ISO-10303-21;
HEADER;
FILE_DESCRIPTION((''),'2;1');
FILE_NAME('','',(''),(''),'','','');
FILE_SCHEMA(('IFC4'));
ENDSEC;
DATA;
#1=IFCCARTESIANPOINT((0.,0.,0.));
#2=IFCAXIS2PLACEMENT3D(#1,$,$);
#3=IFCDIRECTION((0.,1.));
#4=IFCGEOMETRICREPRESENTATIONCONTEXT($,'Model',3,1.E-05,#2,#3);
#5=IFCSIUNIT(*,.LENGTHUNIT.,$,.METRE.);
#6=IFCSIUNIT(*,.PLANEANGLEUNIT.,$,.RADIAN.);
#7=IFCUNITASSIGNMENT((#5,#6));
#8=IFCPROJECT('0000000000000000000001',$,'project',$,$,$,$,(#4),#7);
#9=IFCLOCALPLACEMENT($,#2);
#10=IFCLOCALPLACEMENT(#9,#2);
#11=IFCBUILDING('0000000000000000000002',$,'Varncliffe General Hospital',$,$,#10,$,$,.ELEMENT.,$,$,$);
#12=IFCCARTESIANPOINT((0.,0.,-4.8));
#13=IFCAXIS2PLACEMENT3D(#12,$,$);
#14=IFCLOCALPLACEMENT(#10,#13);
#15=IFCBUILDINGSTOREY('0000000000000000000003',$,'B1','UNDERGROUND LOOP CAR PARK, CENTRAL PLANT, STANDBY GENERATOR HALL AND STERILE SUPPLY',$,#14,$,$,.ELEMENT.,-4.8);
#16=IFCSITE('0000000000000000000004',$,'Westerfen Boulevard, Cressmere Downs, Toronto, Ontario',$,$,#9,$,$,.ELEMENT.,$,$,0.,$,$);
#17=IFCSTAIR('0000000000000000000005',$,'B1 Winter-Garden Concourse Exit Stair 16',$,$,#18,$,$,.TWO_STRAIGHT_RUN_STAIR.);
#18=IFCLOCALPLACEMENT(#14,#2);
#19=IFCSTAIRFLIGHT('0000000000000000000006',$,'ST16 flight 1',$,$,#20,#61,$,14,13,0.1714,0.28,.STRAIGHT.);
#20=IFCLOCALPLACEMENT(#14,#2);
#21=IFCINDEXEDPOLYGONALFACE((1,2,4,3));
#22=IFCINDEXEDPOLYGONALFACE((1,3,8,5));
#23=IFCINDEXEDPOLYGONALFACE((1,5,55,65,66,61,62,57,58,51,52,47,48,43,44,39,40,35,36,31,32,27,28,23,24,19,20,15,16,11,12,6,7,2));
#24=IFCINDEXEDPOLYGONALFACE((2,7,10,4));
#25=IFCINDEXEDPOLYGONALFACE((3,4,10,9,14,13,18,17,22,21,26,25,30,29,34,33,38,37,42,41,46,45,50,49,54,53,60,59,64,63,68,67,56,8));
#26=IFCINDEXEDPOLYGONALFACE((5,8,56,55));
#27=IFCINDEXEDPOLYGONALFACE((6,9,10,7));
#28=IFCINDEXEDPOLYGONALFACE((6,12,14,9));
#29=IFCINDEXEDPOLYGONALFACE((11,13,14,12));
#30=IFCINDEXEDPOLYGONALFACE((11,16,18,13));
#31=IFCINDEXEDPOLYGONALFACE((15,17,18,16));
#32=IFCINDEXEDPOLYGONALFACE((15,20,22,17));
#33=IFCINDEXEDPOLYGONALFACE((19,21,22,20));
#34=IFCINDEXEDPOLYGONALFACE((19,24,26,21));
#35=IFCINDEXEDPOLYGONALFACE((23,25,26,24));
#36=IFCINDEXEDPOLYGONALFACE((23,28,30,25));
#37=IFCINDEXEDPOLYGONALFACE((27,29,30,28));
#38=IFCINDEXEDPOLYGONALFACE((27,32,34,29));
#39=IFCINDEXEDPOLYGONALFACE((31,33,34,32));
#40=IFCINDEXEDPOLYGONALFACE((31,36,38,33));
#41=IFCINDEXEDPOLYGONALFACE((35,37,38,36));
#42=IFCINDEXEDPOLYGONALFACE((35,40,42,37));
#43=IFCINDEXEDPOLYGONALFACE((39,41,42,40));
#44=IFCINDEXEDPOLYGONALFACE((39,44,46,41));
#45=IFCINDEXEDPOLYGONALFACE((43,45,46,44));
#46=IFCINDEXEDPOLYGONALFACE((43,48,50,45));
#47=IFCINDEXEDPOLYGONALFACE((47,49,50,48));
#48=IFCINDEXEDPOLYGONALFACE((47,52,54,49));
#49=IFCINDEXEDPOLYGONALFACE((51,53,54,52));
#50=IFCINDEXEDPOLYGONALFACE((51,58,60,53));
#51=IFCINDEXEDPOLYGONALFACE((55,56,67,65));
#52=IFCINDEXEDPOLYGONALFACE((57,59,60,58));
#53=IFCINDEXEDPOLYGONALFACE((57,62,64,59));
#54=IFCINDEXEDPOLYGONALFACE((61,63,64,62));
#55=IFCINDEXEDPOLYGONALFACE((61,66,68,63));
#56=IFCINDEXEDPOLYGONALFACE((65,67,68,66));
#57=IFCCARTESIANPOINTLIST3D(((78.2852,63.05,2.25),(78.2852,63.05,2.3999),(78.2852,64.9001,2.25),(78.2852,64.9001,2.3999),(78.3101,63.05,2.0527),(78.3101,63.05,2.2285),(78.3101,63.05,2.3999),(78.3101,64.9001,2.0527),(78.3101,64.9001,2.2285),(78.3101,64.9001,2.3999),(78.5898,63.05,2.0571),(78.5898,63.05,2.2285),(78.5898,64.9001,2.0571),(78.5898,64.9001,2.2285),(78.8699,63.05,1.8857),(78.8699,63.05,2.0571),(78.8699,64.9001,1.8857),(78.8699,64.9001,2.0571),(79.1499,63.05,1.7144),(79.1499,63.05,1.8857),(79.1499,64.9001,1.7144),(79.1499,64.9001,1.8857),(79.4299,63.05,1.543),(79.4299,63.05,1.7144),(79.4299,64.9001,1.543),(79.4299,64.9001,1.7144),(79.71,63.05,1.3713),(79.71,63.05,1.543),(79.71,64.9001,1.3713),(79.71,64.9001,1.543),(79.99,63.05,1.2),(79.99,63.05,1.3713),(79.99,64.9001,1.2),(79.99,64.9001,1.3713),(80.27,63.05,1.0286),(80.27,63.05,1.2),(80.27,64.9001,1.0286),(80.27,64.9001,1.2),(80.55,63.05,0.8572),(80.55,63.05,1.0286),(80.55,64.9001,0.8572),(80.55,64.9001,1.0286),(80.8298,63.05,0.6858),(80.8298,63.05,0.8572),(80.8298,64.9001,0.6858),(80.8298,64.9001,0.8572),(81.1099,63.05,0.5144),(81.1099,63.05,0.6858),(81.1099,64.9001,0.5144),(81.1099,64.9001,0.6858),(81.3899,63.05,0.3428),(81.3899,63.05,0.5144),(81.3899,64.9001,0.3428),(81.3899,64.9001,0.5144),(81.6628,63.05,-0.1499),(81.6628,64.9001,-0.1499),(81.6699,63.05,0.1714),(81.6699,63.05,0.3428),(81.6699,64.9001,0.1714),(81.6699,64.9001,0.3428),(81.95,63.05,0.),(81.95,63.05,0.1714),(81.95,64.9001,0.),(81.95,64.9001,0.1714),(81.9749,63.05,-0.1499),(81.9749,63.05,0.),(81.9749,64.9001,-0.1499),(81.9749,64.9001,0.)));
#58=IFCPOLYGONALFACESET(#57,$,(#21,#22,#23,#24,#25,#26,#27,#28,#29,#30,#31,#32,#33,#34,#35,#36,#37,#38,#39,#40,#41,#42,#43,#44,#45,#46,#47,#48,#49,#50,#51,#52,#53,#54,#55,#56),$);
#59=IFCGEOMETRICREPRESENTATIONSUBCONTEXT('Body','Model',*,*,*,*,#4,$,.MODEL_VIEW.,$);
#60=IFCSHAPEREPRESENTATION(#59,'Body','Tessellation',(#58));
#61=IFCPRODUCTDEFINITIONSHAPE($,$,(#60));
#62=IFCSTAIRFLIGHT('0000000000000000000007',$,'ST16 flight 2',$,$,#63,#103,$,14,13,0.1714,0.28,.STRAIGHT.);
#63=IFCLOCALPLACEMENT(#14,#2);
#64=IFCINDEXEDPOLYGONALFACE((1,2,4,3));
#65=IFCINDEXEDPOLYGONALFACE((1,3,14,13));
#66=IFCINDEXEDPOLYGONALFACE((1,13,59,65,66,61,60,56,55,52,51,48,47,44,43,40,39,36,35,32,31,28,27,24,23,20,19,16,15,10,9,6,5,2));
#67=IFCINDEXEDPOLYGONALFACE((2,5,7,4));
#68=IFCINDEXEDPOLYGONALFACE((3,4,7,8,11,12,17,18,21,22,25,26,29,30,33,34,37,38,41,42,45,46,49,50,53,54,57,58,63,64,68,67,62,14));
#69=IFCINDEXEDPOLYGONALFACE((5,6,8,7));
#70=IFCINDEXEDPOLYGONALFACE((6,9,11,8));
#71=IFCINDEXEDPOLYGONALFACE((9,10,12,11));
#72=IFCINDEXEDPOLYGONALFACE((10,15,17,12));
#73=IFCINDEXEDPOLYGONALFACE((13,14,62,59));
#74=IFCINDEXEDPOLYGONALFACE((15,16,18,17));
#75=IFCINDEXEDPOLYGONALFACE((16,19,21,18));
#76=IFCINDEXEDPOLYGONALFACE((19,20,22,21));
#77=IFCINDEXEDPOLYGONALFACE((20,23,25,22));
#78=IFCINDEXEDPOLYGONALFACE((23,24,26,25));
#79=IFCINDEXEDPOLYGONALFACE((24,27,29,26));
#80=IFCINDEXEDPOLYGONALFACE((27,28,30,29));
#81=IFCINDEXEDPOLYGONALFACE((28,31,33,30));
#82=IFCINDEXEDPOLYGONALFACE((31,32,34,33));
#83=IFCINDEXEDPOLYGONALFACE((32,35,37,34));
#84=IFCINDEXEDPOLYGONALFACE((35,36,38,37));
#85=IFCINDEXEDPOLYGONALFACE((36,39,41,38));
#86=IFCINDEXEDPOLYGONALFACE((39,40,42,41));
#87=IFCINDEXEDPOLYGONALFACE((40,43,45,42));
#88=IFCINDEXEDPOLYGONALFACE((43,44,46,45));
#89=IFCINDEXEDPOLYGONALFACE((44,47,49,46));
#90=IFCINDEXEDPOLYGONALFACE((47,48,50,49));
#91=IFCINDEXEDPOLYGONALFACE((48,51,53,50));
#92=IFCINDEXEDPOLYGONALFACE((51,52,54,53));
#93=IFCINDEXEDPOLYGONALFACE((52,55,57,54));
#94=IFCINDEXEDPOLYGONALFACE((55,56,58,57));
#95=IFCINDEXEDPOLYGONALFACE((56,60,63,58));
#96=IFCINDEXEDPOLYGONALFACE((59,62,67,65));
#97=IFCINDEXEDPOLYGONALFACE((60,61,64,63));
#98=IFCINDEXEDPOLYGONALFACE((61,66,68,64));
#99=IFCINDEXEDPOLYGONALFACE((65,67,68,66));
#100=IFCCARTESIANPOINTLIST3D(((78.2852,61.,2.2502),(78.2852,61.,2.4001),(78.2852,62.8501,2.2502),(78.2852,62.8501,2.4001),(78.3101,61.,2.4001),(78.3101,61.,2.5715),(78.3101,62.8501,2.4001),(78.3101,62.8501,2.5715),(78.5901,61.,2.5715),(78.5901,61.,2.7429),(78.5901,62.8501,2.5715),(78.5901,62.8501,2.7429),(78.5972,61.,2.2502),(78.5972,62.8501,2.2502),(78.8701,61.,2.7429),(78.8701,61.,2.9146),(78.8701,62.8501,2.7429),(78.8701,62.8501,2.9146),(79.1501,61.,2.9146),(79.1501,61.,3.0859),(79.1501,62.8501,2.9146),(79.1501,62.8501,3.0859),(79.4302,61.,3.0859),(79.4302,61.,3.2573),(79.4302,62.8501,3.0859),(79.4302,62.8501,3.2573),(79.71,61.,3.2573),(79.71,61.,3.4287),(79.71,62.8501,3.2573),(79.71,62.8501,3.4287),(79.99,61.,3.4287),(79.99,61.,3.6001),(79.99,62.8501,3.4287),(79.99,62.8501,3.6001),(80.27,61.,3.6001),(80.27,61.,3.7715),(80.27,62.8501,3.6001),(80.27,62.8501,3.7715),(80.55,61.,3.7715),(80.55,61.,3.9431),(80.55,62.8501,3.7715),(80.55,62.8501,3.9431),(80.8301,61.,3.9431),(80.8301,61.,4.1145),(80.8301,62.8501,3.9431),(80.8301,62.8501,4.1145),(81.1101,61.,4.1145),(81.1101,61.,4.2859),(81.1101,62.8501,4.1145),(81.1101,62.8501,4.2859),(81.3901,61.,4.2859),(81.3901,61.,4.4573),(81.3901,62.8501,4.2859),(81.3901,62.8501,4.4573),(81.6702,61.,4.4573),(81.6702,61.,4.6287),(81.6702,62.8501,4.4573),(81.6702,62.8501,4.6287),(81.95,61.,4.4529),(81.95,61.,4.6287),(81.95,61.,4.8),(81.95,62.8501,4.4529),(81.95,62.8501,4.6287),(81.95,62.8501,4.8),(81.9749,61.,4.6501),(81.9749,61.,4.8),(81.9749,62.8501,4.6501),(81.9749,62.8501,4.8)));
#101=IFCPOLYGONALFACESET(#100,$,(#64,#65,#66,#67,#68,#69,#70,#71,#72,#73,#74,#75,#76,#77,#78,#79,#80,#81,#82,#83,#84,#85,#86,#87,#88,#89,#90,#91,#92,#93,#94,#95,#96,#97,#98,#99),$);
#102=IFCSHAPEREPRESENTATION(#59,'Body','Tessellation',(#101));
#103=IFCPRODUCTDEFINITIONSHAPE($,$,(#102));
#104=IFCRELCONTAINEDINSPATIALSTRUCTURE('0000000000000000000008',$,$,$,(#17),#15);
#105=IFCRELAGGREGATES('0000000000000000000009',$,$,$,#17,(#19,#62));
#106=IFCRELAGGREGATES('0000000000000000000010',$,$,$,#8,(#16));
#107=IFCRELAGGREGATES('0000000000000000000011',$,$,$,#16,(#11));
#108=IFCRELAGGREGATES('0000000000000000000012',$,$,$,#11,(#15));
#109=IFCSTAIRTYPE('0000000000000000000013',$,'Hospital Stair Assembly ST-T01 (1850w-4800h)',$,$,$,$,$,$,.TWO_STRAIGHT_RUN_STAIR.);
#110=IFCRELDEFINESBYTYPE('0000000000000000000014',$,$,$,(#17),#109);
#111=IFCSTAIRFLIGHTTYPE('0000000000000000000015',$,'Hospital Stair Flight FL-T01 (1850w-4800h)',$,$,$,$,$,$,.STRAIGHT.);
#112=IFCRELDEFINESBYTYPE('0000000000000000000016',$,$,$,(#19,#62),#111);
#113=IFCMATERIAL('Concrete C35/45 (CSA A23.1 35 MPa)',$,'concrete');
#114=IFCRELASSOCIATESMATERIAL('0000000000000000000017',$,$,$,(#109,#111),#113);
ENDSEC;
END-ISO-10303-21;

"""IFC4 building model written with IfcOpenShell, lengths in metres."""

from ifc_helpers import new_model, si_unit, direction, frame, origin, place, context, subcontext, project, spatial, polyline, outline, extrude, material, type_object, element, aggregate, save


model = new_model("IFC4")

# Units and contexts
model_context = context("Model", 3, precision=1e-05, world=origin(), true_north=direction((0.0, 1.0)))
body_context = subcontext(model_context, "Body", "Model", "MODEL_VIEW")
ifc_project = project(units=[si_unit("LENGTHUNIT", "METRE"), si_unit("PLANEANGLEUNIT", "RADIAN")], contexts=[model_context])

# Site, building, storey
site_placement = place(None, origin())
site = spatial("IfcSite", under=ifc_project, at=site_placement, Name="Westerfen Boulevard, Cressmere Downs, Toronto, Ontario", CompositionType="ELEMENT", RefElevation=0.0)
building_placement = place(site_placement, origin())
building = spatial("IfcBuilding", under=site, at=building_placement, Name="Varncliffe General Hospital", CompositionType="ELEMENT")
storey_placement = place(building_placement, frame((0.0, 0.0, -4.8)))
storey = spatial("IfcBuildingStorey", under=building, at=storey_placement, Name="B1", Description="UNDERGROUND LOOP CAR PARK, CENTRAL PLANT, STANDBY GENERATOR HALL AND STERILE SUPPLY", CompositionType="ELEMENT", Elevation=-4.8)

# Shared definitions
ifc_material_1 = material(Name="Concrete C35/45 (CSA A23.1 35 MPa)", Category="concrete")

# Stair, stair flights
stair_type = type_object("IfcStairType", Name="Hospital Stair Assembly ST-T01 (1850w-4800h)", PredefinedType="TWO_STRAIGHT_RUN_STAIR", material=ifc_material_1)
stair_placement = place(storey_placement, origin())
stair = element("IfcStair", 1, at=stair_placement, inside=storey, type_object=stair_type, Name="B1 Winter-Garden Concourse Exit Stair 16", PredefinedType="TWO_STRAIGHT_RUN_STAIR")
stair_flight_type = type_object("IfcStairFlightType", Name="Hospital Stair Flight FL-T01 (1850w-4800h)", PredefinedType="STRAIGHT", material=ifc_material_1)
stair_flight_1_placement = place(storey_placement, frame((81.95, 63.9751, 0.0), z_axis=(0.0, 0.0, 1.0), x_axis=(-1.0, 0.0, 0.0)))
stair_flight_1 = element("IfcStairFlight", 2, at=stair_flight_1_placement, type_object=stair_flight_type, Name="ST16 flight 1", NumberOfRisers=14, NumberOfTreads=13, PredefinedType="STRAIGHT", RiserHeight=0.1714, TreadLength=0.28, context=body_context, shape_type="SweptSolid", body=[
    extrude(outline(polyline([(-0.0249, -0.1499), (-0.0249, 0.0), (0.0, 0.0), (0.0, 0.1714), (0.28, 0.1714), (0.28, 0.3428), (0.5601, 0.3428), (0.5601, 0.5144), (0.8401, 0.5144), (0.8401, 0.6858), (1.1201, 0.6858), (1.1201, 0.8572), (1.3999, 0.8572), (1.3999, 1.0286), (1.6799, 1.0286), (1.6799, 1.2), (1.96, 1.2), (1.96, 1.3713), (2.24, 1.3713), (2.24, 1.543), (2.52, 1.543), (2.52, 1.7144), (2.8, 1.7144), (2.8, 1.8857), (3.0801, 1.8857), (3.0801, 2.0571), (3.3601, 2.0571), (3.3601, 2.2285), (3.6399, 2.2285), (3.6399, 2.3999), (3.6648, 2.3999), (3.6648, 2.25), (3.6399, 2.0527), (0.2871, -0.1499), (-0.0249, -0.1499)])), frame((0.0, 0.925, 0.0), z_axis=(0.0, -1.0, 0.0), x_axis=(1.0, 0.0, 0.0)), (0.0, 0.0, 1.0), 1.8501),
])
stair_flight_2_placement = place(storey_placement, frame((78.3101, 61.925, 2.4001), z_axis=(0.0, 0.0, 1.0), x_axis=(1.0, 0.0, 0.0)))
stair_flight_2 = element("IfcStairFlight", 3, at=stair_flight_2_placement, type_object=stair_flight_type, Name="ST16 flight 2", NumberOfRisers=14, NumberOfTreads=13, PredefinedType="STRAIGHT", RiserHeight=0.1714, TreadLength=0.28, context=body_context, shape_type="SweptSolid", body=[
    extrude(outline(polyline([(-0.0249, -0.1499), (-0.0249, 0.0), (0.0, 0.0), (0.0, 0.1714), (0.28, 0.1714), (0.28, 0.3428), (0.5601, 0.3428), (0.5601, 0.5144), (0.8401, 0.5144), (0.8401, 0.6858), (1.1201, 0.6858), (1.1201, 0.8572), (1.3999, 0.8572), (1.3999, 1.0286), (1.6799, 1.0286), (1.6799, 1.2), (1.96, 1.2), (1.96, 1.3713), (2.24, 1.3713), (2.24, 1.543), (2.52, 1.543), (2.52, 1.7144), (2.8, 1.7144), (2.8, 1.8857), (3.0801, 1.8857), (3.0801, 2.0571), (3.3601, 2.0571), (3.3601, 2.2285), (3.6399, 2.2285), (3.6399, 2.3999), (3.6648, 2.3999), (3.6648, 2.25), (3.6399, 2.0527), (0.2871, -0.1499), (-0.0249, -0.1499)])), frame((0.0, 0.925, 0.0), z_axis=(0.0, -1.0, 0.0), x_axis=(1.0, 0.0, 0.0)), (0.0, 0.0, 1.0), 1.8501),
])
aggregate(stair, [stair_flight_1, stair_flight_2])

save(model, "model.ifc")
